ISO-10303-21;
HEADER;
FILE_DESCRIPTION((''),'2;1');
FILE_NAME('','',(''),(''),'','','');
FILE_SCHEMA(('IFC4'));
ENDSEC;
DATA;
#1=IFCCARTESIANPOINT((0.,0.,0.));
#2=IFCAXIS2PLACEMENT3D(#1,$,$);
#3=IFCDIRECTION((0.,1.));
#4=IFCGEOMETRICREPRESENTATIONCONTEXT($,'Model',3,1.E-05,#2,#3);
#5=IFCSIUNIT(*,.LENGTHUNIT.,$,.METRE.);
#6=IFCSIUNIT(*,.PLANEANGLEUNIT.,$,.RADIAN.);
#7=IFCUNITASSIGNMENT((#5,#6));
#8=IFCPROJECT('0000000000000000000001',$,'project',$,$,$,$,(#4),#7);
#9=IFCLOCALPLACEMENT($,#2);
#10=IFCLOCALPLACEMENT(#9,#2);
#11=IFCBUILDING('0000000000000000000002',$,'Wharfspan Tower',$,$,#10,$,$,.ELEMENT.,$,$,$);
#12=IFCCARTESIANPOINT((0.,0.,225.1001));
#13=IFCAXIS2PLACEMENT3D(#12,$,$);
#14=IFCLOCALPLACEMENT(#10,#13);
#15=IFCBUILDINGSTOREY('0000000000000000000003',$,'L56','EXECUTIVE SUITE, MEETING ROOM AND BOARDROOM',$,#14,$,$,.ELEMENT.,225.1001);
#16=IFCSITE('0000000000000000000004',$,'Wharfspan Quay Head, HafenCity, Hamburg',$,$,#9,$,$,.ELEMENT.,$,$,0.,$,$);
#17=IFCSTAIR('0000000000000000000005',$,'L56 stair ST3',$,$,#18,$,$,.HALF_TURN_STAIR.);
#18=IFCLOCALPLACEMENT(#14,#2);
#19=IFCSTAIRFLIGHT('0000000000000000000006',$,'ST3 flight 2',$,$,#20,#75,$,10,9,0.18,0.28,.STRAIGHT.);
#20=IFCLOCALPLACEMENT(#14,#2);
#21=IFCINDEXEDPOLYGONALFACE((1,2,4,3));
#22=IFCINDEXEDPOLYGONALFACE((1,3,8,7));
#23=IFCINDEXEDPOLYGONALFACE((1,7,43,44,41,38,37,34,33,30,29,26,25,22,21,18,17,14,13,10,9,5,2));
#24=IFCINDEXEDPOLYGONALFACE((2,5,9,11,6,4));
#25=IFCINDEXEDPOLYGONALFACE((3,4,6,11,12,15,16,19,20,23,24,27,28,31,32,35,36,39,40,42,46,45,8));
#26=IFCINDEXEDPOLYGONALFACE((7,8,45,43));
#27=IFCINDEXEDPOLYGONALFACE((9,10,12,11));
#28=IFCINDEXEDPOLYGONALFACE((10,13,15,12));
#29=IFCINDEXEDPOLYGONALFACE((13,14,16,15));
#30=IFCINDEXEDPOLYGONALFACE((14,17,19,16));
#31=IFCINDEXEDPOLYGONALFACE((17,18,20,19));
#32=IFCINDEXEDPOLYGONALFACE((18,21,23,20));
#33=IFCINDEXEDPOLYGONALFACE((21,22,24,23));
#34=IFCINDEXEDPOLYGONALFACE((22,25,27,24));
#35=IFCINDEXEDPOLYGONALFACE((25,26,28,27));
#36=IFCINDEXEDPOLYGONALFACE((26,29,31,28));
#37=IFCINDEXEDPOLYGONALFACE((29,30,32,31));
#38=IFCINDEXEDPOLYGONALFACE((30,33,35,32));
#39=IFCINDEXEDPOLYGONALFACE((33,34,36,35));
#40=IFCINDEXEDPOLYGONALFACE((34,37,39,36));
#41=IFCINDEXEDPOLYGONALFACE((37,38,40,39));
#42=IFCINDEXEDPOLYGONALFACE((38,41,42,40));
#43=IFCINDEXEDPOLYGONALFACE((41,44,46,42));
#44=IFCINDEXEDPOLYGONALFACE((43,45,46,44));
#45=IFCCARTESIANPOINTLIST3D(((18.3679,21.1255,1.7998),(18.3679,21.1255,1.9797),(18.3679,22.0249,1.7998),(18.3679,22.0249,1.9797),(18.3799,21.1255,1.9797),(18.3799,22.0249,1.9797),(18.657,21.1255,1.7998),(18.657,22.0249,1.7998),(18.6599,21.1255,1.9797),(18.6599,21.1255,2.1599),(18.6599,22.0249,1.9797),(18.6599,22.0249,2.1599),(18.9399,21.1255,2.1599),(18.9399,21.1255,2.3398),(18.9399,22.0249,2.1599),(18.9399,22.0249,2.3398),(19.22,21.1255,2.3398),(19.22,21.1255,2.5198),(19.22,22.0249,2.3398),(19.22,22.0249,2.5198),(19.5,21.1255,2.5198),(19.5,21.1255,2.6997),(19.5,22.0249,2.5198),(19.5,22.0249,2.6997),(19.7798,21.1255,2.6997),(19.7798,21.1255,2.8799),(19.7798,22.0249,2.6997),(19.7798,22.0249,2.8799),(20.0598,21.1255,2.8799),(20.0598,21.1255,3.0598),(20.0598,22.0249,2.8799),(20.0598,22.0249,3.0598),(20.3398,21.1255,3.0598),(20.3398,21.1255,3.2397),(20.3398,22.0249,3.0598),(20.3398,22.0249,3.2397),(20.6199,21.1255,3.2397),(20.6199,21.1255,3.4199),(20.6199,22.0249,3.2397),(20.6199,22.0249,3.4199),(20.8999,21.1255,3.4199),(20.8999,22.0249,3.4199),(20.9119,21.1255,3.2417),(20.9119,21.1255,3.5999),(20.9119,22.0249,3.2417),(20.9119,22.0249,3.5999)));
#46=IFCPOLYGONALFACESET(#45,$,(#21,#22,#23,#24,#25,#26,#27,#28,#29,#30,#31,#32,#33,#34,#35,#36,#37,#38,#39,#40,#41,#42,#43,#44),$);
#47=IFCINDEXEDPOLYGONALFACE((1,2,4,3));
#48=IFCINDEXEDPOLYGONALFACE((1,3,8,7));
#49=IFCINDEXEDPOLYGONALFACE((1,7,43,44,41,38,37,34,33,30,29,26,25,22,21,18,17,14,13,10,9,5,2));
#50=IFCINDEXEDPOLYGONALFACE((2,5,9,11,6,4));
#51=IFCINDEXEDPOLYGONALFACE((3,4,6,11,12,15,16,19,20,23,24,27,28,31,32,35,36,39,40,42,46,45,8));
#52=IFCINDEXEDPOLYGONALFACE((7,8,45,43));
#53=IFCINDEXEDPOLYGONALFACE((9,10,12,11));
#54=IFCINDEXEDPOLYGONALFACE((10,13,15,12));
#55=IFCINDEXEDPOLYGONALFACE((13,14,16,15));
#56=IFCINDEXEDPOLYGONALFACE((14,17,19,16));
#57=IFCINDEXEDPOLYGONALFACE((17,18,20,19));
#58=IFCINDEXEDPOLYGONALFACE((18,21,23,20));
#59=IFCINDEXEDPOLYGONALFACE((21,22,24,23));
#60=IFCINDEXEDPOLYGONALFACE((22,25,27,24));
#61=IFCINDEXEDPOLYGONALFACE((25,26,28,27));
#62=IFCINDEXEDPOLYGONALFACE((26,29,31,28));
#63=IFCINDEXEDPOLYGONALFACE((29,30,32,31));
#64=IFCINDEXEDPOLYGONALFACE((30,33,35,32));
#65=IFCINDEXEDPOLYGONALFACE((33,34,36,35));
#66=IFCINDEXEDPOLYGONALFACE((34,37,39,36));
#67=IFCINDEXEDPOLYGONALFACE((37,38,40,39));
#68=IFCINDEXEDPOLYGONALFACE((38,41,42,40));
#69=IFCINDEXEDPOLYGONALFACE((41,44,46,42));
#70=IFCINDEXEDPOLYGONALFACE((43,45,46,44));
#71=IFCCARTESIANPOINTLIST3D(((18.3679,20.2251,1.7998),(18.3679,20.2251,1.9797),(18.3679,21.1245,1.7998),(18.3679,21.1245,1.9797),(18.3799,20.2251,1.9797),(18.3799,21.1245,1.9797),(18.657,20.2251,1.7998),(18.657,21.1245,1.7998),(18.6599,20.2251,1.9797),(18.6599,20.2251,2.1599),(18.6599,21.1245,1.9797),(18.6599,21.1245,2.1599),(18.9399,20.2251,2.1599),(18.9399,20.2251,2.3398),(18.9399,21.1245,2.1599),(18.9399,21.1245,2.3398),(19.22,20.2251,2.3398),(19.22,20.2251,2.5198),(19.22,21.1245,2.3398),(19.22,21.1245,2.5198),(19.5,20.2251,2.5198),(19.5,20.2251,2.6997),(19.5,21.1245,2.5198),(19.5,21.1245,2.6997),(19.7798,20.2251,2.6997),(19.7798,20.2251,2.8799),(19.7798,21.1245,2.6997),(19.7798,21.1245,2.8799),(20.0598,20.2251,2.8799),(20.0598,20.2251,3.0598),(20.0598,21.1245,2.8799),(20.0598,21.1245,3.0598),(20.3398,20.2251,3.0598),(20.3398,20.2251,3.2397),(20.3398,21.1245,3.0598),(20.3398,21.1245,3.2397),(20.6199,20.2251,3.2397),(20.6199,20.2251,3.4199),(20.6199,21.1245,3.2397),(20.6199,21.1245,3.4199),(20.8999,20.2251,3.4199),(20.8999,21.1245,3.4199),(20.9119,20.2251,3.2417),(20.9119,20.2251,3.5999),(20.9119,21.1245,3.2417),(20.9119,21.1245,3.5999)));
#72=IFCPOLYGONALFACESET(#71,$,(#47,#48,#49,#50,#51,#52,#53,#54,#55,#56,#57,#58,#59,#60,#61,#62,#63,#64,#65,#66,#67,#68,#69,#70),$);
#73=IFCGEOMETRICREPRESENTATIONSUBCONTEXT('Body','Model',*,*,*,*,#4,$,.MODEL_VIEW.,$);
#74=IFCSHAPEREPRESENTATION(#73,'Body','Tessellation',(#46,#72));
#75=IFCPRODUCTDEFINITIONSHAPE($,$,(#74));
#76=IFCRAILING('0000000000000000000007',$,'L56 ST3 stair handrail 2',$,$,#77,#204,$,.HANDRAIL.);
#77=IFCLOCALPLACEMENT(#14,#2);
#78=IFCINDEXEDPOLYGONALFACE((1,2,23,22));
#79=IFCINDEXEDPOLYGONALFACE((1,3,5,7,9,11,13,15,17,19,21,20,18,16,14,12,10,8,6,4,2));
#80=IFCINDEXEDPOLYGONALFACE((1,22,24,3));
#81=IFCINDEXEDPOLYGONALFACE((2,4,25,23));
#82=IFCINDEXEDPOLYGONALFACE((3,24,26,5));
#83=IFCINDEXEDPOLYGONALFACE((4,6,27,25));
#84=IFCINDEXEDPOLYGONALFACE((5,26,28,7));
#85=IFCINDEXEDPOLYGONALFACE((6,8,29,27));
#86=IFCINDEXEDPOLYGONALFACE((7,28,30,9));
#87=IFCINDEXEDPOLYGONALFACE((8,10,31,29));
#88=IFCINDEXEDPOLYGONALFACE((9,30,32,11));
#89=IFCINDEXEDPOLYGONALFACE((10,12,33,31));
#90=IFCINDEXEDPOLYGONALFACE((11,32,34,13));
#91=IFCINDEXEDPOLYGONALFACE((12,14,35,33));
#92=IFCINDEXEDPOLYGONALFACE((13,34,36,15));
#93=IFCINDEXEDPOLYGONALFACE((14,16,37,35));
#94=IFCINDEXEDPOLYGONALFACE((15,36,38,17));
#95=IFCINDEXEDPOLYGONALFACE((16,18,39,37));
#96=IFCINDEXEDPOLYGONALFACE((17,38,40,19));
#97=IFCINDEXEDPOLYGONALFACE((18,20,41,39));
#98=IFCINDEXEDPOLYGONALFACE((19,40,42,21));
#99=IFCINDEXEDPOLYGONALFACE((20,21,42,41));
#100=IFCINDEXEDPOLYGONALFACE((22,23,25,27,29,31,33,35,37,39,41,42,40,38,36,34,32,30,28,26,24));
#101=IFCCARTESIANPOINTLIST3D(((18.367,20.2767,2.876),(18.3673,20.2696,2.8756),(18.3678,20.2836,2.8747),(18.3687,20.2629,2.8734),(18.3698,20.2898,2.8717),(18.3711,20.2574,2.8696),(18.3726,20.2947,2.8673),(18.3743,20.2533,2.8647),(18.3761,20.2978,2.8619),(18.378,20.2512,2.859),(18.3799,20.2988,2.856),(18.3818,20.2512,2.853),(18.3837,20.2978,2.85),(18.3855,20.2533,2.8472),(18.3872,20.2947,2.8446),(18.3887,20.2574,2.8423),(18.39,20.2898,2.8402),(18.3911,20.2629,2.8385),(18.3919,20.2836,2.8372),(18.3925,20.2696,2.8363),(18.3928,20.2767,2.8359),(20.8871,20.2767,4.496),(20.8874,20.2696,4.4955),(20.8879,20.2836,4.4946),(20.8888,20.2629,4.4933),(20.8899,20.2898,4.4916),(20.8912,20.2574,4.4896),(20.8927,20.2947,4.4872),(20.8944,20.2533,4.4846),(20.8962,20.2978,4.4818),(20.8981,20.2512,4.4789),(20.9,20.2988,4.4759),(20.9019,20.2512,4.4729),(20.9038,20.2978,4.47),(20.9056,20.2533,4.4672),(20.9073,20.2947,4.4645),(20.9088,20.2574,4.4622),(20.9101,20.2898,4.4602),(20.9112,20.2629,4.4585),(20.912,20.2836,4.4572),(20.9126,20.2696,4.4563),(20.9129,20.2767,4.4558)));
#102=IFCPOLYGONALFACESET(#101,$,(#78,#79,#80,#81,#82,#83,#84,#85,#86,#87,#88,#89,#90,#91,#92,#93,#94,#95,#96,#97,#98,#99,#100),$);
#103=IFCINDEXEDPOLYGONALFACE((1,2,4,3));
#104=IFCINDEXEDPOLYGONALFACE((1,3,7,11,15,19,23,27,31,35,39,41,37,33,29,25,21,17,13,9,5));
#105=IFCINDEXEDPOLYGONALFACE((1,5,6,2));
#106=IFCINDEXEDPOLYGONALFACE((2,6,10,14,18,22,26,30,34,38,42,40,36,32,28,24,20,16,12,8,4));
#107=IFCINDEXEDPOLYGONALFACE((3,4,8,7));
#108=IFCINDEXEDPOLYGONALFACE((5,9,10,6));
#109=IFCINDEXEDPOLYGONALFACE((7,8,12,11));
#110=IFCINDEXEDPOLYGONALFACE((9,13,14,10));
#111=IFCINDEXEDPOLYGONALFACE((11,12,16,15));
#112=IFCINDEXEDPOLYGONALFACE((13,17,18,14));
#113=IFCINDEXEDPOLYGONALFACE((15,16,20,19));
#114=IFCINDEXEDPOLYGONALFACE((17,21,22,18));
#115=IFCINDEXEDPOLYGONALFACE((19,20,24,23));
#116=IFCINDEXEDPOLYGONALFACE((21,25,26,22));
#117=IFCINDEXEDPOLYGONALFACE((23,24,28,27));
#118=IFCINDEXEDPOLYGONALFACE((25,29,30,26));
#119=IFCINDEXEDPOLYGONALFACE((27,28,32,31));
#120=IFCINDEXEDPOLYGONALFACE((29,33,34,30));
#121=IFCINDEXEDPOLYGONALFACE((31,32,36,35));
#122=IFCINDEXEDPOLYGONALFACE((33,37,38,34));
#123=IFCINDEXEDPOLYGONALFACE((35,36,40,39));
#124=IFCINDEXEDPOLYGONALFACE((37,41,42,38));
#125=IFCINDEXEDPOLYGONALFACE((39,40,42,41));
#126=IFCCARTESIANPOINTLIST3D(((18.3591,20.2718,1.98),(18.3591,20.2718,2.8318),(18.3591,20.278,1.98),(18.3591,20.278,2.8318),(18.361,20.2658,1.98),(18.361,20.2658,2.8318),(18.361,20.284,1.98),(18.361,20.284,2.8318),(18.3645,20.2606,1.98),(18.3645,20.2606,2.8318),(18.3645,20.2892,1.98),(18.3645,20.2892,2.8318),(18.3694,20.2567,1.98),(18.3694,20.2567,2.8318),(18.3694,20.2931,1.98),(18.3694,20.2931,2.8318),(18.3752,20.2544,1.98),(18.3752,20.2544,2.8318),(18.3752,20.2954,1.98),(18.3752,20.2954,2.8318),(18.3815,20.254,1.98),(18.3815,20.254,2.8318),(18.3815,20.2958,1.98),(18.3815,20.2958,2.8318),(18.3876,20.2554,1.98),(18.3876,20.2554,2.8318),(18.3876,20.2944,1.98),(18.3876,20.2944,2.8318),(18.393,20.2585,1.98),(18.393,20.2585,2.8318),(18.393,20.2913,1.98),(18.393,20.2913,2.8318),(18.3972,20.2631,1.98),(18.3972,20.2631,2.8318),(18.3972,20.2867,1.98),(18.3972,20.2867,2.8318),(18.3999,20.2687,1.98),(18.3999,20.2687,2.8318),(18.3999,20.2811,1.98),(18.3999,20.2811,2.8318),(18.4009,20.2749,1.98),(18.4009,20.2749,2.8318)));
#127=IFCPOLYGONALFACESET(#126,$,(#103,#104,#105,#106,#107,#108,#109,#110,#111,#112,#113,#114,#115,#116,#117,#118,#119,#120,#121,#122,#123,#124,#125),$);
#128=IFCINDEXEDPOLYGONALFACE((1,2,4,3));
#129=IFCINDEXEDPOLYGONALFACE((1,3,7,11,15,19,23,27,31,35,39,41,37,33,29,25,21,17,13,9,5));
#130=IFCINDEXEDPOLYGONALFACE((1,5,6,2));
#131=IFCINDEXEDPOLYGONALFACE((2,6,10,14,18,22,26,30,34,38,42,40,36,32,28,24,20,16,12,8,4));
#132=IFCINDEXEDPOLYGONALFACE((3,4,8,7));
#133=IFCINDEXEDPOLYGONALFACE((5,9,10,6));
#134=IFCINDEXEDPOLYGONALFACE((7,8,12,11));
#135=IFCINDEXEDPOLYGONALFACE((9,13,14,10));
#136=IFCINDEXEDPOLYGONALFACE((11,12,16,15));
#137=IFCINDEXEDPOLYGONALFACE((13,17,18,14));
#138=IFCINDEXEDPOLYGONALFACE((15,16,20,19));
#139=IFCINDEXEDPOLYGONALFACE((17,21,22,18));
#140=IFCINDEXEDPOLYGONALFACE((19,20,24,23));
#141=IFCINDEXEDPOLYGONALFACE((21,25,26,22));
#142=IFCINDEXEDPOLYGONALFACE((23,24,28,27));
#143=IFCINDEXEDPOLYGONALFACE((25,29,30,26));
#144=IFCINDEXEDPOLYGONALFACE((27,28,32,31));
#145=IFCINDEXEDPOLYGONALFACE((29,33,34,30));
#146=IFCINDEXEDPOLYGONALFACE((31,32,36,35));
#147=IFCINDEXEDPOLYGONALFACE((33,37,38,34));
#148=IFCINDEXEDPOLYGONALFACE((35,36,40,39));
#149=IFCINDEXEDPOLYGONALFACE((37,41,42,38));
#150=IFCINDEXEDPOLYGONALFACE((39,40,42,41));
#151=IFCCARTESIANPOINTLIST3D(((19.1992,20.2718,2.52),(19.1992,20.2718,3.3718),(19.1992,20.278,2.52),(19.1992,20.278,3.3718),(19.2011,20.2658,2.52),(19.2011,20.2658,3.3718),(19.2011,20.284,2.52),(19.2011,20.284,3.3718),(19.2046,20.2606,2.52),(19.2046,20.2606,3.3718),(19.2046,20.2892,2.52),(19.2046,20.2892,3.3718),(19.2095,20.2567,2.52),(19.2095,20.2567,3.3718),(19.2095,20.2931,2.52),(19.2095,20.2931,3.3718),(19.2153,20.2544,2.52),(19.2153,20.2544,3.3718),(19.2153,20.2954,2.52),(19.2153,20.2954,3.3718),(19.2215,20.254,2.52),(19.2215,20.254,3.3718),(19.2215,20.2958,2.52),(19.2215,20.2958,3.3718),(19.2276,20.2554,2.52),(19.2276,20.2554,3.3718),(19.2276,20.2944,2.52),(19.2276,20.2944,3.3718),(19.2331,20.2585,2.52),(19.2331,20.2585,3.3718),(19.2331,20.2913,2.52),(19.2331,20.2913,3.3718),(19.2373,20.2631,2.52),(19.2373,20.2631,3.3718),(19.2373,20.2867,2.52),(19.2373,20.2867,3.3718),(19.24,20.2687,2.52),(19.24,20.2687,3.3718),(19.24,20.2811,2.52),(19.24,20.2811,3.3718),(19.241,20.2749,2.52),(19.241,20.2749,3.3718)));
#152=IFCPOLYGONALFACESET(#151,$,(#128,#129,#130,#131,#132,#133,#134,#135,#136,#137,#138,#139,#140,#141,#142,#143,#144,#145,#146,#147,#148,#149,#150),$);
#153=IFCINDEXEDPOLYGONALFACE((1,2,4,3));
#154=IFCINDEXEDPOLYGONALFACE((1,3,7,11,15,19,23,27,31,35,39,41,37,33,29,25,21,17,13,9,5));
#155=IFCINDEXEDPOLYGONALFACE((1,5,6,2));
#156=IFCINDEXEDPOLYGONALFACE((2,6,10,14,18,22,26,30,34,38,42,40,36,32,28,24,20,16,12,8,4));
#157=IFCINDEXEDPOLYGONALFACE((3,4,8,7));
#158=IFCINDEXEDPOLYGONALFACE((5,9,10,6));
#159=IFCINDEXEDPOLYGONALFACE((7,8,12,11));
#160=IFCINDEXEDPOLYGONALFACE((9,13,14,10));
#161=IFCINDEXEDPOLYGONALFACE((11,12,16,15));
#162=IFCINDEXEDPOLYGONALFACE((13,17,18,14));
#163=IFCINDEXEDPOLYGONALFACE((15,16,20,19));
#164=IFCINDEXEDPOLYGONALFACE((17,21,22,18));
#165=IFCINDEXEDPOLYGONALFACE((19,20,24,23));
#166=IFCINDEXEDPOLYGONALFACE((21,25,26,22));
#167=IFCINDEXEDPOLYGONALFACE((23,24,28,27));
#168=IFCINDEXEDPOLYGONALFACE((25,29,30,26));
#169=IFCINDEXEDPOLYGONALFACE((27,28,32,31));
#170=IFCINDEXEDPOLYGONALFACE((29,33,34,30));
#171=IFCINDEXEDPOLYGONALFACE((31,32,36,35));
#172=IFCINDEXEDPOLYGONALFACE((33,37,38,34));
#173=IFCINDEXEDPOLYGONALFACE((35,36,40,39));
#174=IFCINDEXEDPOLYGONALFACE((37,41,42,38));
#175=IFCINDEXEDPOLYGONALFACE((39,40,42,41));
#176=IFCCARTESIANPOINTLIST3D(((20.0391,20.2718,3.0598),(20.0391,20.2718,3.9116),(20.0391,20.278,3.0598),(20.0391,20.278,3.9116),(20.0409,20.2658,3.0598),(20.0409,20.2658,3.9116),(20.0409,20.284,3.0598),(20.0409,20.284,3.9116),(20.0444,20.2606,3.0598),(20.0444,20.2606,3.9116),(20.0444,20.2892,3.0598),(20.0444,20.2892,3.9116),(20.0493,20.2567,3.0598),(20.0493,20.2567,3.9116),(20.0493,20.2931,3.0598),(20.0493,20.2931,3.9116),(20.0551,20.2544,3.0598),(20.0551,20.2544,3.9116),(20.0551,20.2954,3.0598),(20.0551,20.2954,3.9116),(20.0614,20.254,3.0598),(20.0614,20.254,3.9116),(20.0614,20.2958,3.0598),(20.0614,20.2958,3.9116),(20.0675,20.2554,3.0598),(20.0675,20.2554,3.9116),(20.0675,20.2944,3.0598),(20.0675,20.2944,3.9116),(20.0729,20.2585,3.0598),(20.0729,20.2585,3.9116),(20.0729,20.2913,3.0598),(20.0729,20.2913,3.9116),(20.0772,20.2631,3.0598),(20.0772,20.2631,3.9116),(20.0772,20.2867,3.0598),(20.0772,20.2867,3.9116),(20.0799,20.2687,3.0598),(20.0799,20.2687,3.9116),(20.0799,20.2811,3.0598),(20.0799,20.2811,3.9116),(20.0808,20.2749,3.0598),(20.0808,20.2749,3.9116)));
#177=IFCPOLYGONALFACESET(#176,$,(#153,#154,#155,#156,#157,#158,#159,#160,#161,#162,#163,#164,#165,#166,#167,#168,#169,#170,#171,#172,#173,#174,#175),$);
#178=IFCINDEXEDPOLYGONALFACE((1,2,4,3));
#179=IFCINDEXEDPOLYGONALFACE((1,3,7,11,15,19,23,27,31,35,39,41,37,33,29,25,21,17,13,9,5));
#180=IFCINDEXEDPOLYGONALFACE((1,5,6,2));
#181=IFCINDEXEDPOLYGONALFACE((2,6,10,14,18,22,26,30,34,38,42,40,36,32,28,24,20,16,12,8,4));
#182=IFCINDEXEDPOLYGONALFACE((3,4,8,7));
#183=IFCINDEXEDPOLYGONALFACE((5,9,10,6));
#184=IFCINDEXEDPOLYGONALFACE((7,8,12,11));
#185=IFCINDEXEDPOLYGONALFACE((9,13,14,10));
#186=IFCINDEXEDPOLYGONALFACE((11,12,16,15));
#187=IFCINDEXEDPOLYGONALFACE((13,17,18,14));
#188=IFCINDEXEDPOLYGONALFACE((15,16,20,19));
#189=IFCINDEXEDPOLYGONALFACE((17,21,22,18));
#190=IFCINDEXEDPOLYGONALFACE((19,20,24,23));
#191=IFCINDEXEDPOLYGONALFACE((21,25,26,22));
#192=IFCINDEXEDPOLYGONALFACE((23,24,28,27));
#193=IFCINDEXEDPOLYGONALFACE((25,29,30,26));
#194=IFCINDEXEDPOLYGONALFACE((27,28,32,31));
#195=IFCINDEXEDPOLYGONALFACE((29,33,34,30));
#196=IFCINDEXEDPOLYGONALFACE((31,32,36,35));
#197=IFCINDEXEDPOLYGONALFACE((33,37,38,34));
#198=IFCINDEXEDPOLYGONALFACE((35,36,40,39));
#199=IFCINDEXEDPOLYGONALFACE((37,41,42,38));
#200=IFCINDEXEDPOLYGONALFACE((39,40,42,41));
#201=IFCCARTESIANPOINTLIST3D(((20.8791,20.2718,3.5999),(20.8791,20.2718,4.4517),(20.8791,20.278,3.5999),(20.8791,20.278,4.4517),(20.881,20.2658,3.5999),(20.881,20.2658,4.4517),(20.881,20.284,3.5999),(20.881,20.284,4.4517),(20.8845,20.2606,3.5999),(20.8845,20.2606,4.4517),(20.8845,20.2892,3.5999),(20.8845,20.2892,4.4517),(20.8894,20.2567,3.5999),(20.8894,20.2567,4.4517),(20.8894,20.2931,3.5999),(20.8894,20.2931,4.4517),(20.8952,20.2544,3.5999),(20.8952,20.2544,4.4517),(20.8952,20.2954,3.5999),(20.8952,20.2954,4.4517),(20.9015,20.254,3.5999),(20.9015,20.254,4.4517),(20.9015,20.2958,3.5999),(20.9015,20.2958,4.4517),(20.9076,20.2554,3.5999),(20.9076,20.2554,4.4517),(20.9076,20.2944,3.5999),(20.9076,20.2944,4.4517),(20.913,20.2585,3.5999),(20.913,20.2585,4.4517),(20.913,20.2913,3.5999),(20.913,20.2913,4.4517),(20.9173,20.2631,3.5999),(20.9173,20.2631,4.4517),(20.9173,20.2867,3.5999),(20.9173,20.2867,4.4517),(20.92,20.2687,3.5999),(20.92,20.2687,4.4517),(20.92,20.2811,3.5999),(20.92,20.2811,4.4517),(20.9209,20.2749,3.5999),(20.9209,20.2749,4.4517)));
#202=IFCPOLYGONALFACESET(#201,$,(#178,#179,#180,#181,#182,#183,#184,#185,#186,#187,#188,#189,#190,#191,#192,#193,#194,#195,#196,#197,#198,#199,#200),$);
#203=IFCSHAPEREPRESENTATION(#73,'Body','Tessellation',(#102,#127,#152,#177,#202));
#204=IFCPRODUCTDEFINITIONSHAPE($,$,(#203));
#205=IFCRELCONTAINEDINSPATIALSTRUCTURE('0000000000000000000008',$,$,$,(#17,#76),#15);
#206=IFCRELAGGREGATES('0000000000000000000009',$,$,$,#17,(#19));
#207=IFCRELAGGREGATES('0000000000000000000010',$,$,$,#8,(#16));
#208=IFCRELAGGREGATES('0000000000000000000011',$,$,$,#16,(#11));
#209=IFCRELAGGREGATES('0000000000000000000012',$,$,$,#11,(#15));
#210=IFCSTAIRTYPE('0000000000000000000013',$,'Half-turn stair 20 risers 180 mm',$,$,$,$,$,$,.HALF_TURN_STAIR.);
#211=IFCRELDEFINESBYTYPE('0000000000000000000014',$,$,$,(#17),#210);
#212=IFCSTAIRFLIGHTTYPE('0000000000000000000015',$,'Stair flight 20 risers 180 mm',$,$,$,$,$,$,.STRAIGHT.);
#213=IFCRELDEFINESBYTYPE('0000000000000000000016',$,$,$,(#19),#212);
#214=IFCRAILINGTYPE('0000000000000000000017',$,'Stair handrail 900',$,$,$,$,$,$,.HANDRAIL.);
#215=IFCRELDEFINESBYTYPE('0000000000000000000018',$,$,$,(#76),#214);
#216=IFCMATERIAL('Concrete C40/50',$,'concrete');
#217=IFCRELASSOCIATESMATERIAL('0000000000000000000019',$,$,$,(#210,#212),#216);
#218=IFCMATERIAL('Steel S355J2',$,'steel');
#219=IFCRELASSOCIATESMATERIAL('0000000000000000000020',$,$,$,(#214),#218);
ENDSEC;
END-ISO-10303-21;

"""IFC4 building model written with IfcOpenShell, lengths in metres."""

from ifc_helpers import new_model, si_unit, direction, frame, origin, origin_2d, place, context, subcontext, project, spatial, polyline, circle, outline, extrude, material, type_object, element, aggregate, save


model = new_model("IFC4")

# Units and contexts
model_context = context("Model", 3, precision=1e-05, world=origin(), true_north=direction((0.0, 1.0)))
body_context = subcontext(model_context, "Body", "Model", "MODEL_VIEW")
ifc_project = project(units=[si_unit("LENGTHUNIT", "METRE"), si_unit("PLANEANGLEUNIT", "RADIAN")], contexts=[model_context])

# Site, building, storey
site_placement = place(None, origin())
site = spatial("IfcSite", under=ifc_project, at=site_placement, Name="Wharfspan Quay Head, HafenCity, Hamburg", CompositionType="ELEMENT", RefElevation=0.0)
building_placement = place(site_placement, origin())
building = spatial("IfcBuilding", under=site, at=building_placement, Name="Wharfspan Tower", CompositionType="ELEMENT")
storey_placement = place(building_placement, frame((0.0, 0.0, 225.1001)))
storey = spatial("IfcBuildingStorey", under=building, at=storey_placement, Name="L56", Description="EXECUTIVE SUITE, MEETING ROOM AND BOARDROOM", CompositionType="ELEMENT", Elevation=225.1001)

# Shared definitions
ifc_material_1 = material(Name="Steel S355J2", Category="steel")

# Shared definitions
ifc_material_2 = material(Name="Concrete C40/50", Category="concrete")

# Stair, stair flight
stair_type = type_object("IfcStairType", Name="Half-turn stair 20 risers 180 mm", PredefinedType="HALF_TURN_STAIR", material=ifc_material_2)
stair_placement = place(storey_placement, origin())
stair = element("IfcStair", 1, at=stair_placement, inside=storey, type_object=stair_type, Name="L56 stair ST3", PredefinedType="HALF_TURN_STAIR")
stair_flight_type = type_object("IfcStairFlightType", Name="Stair flight 20 risers 180 mm", PredefinedType="STRAIGHT", material=ifc_material_2)
stair_flight_placement = place(storey_placement, frame((18.3799, 21.125, 1.7998), z_axis=(0.0, 0.0, 1.0), x_axis=(1.0, 0.0, 0.0)))
stair_flight = element("IfcStairFlight", 2, at=stair_flight_placement, type_object=stair_flight_type, Name="ST3 flight 2", NumberOfRisers=10, NumberOfTreads=9, PredefinedType="STRAIGHT", RiserHeight=0.18, TreadLength=0.28, context=body_context, shape_type="SweptSolid", body=[
    extrude(outline(polyline([(-0.012, 0.0), (-0.012, 0.1799), (0.0, 0.1799), (0.28, 0.1799), (0.28, 0.3601), (0.5601, 0.3601), (0.5601, 0.54), (0.8401, 0.54), (0.8401, 0.72), (1.1201, 0.72), (1.1201, 0.8999), (1.3999, 0.8999), (1.3999, 1.0801), (1.6799, 1.0801), (1.6799, 1.26), (1.96, 1.26), (1.96, 1.4399), (2.24, 1.4399), (2.24, 1.6201), (2.52, 1.6201), (2.532, 1.8), (2.532, 1.4419), (0.2771, 0.0), (-0.012, 0.0)])), frame((0.0, 0.8999, 0.0), z_axis=(0.0, -1.0, 0.0), x_axis=(1.0, 0.0, 0.0)), (0.0, 0.0, 1.0), 0.8994),
    extrude(outline(polyline([(-0.012, 0.0), (-0.012, 0.1799), (0.0, 0.1799), (0.28, 0.1799), (0.28, 0.3601), (0.5601, 0.3601), (0.5601, 0.54), (0.8401, 0.54), (0.8401, 0.72), (1.1201, 0.72), (1.1201, 0.8999), (1.3999, 0.8999), (1.3999, 1.0801), (1.6799, 1.0801), (1.6799, 1.26), (1.96, 1.26), (1.96, 1.4399), (2.24, 1.4399), (2.24, 1.6201), (2.52, 1.6201), (2.532, 1.8), (2.532, 1.4419), (0.2771, 0.0), (-0.012, 0.0)])), frame((0.0, -0.0005, 0.0), z_axis=(0.0, -1.0, 0.0), x_axis=(1.0, 0.0, 0.0)), (0.0, 0.0, 1.0), 0.8994),
])
aggregate(stair, [stair_flight])

# Railing
railing_type = type_object("IfcRailingType", Name="Stair handrail 900", PredefinedType="HANDRAIL", material=ifc_material_1)
railing_placement = place(storey_placement, frame((18.3799, 20.2749, 1.98)))
element("IfcRailing", 3, at=railing_placement, inside=storey, type_object=railing_type, Name="L56 ST3 stair handrail 2", PredefinedType="HANDRAIL", context=body_context, shape_type="SweptSolid", body=[
    extrude(circle(Radius=0.0239, at=origin_2d()), frame((0.0, 0.0, 0.876), z_axis=(0.8412, 0.0, 0.540725), x_axis=(0.0, 1.0, 0.0)), (0.0, 0.0, 1.0), 2.9958),
    extrude(circle(Radius=0.021, at=origin_2d()), origin(), (0.0, 0.0, 1.0), 0.8518),
    extrude(circle(Radius=0.021, at=origin_2d()), frame((0.8401, 0.0, 0.54)), (0.0, 0.0, 1.0), 0.8518),
    extrude(circle(Radius=0.021, at=origin_2d()), frame((1.6799, 0.0, 1.0798)), (0.0, 0.0, 1.0), 0.8518),
    extrude(circle(Radius=0.021, at=origin_2d()), frame((2.52, 0.0, 1.6199)), (0.0, 0.0, 1.0), 0.8518),
])

save(model, "model.ifc")
